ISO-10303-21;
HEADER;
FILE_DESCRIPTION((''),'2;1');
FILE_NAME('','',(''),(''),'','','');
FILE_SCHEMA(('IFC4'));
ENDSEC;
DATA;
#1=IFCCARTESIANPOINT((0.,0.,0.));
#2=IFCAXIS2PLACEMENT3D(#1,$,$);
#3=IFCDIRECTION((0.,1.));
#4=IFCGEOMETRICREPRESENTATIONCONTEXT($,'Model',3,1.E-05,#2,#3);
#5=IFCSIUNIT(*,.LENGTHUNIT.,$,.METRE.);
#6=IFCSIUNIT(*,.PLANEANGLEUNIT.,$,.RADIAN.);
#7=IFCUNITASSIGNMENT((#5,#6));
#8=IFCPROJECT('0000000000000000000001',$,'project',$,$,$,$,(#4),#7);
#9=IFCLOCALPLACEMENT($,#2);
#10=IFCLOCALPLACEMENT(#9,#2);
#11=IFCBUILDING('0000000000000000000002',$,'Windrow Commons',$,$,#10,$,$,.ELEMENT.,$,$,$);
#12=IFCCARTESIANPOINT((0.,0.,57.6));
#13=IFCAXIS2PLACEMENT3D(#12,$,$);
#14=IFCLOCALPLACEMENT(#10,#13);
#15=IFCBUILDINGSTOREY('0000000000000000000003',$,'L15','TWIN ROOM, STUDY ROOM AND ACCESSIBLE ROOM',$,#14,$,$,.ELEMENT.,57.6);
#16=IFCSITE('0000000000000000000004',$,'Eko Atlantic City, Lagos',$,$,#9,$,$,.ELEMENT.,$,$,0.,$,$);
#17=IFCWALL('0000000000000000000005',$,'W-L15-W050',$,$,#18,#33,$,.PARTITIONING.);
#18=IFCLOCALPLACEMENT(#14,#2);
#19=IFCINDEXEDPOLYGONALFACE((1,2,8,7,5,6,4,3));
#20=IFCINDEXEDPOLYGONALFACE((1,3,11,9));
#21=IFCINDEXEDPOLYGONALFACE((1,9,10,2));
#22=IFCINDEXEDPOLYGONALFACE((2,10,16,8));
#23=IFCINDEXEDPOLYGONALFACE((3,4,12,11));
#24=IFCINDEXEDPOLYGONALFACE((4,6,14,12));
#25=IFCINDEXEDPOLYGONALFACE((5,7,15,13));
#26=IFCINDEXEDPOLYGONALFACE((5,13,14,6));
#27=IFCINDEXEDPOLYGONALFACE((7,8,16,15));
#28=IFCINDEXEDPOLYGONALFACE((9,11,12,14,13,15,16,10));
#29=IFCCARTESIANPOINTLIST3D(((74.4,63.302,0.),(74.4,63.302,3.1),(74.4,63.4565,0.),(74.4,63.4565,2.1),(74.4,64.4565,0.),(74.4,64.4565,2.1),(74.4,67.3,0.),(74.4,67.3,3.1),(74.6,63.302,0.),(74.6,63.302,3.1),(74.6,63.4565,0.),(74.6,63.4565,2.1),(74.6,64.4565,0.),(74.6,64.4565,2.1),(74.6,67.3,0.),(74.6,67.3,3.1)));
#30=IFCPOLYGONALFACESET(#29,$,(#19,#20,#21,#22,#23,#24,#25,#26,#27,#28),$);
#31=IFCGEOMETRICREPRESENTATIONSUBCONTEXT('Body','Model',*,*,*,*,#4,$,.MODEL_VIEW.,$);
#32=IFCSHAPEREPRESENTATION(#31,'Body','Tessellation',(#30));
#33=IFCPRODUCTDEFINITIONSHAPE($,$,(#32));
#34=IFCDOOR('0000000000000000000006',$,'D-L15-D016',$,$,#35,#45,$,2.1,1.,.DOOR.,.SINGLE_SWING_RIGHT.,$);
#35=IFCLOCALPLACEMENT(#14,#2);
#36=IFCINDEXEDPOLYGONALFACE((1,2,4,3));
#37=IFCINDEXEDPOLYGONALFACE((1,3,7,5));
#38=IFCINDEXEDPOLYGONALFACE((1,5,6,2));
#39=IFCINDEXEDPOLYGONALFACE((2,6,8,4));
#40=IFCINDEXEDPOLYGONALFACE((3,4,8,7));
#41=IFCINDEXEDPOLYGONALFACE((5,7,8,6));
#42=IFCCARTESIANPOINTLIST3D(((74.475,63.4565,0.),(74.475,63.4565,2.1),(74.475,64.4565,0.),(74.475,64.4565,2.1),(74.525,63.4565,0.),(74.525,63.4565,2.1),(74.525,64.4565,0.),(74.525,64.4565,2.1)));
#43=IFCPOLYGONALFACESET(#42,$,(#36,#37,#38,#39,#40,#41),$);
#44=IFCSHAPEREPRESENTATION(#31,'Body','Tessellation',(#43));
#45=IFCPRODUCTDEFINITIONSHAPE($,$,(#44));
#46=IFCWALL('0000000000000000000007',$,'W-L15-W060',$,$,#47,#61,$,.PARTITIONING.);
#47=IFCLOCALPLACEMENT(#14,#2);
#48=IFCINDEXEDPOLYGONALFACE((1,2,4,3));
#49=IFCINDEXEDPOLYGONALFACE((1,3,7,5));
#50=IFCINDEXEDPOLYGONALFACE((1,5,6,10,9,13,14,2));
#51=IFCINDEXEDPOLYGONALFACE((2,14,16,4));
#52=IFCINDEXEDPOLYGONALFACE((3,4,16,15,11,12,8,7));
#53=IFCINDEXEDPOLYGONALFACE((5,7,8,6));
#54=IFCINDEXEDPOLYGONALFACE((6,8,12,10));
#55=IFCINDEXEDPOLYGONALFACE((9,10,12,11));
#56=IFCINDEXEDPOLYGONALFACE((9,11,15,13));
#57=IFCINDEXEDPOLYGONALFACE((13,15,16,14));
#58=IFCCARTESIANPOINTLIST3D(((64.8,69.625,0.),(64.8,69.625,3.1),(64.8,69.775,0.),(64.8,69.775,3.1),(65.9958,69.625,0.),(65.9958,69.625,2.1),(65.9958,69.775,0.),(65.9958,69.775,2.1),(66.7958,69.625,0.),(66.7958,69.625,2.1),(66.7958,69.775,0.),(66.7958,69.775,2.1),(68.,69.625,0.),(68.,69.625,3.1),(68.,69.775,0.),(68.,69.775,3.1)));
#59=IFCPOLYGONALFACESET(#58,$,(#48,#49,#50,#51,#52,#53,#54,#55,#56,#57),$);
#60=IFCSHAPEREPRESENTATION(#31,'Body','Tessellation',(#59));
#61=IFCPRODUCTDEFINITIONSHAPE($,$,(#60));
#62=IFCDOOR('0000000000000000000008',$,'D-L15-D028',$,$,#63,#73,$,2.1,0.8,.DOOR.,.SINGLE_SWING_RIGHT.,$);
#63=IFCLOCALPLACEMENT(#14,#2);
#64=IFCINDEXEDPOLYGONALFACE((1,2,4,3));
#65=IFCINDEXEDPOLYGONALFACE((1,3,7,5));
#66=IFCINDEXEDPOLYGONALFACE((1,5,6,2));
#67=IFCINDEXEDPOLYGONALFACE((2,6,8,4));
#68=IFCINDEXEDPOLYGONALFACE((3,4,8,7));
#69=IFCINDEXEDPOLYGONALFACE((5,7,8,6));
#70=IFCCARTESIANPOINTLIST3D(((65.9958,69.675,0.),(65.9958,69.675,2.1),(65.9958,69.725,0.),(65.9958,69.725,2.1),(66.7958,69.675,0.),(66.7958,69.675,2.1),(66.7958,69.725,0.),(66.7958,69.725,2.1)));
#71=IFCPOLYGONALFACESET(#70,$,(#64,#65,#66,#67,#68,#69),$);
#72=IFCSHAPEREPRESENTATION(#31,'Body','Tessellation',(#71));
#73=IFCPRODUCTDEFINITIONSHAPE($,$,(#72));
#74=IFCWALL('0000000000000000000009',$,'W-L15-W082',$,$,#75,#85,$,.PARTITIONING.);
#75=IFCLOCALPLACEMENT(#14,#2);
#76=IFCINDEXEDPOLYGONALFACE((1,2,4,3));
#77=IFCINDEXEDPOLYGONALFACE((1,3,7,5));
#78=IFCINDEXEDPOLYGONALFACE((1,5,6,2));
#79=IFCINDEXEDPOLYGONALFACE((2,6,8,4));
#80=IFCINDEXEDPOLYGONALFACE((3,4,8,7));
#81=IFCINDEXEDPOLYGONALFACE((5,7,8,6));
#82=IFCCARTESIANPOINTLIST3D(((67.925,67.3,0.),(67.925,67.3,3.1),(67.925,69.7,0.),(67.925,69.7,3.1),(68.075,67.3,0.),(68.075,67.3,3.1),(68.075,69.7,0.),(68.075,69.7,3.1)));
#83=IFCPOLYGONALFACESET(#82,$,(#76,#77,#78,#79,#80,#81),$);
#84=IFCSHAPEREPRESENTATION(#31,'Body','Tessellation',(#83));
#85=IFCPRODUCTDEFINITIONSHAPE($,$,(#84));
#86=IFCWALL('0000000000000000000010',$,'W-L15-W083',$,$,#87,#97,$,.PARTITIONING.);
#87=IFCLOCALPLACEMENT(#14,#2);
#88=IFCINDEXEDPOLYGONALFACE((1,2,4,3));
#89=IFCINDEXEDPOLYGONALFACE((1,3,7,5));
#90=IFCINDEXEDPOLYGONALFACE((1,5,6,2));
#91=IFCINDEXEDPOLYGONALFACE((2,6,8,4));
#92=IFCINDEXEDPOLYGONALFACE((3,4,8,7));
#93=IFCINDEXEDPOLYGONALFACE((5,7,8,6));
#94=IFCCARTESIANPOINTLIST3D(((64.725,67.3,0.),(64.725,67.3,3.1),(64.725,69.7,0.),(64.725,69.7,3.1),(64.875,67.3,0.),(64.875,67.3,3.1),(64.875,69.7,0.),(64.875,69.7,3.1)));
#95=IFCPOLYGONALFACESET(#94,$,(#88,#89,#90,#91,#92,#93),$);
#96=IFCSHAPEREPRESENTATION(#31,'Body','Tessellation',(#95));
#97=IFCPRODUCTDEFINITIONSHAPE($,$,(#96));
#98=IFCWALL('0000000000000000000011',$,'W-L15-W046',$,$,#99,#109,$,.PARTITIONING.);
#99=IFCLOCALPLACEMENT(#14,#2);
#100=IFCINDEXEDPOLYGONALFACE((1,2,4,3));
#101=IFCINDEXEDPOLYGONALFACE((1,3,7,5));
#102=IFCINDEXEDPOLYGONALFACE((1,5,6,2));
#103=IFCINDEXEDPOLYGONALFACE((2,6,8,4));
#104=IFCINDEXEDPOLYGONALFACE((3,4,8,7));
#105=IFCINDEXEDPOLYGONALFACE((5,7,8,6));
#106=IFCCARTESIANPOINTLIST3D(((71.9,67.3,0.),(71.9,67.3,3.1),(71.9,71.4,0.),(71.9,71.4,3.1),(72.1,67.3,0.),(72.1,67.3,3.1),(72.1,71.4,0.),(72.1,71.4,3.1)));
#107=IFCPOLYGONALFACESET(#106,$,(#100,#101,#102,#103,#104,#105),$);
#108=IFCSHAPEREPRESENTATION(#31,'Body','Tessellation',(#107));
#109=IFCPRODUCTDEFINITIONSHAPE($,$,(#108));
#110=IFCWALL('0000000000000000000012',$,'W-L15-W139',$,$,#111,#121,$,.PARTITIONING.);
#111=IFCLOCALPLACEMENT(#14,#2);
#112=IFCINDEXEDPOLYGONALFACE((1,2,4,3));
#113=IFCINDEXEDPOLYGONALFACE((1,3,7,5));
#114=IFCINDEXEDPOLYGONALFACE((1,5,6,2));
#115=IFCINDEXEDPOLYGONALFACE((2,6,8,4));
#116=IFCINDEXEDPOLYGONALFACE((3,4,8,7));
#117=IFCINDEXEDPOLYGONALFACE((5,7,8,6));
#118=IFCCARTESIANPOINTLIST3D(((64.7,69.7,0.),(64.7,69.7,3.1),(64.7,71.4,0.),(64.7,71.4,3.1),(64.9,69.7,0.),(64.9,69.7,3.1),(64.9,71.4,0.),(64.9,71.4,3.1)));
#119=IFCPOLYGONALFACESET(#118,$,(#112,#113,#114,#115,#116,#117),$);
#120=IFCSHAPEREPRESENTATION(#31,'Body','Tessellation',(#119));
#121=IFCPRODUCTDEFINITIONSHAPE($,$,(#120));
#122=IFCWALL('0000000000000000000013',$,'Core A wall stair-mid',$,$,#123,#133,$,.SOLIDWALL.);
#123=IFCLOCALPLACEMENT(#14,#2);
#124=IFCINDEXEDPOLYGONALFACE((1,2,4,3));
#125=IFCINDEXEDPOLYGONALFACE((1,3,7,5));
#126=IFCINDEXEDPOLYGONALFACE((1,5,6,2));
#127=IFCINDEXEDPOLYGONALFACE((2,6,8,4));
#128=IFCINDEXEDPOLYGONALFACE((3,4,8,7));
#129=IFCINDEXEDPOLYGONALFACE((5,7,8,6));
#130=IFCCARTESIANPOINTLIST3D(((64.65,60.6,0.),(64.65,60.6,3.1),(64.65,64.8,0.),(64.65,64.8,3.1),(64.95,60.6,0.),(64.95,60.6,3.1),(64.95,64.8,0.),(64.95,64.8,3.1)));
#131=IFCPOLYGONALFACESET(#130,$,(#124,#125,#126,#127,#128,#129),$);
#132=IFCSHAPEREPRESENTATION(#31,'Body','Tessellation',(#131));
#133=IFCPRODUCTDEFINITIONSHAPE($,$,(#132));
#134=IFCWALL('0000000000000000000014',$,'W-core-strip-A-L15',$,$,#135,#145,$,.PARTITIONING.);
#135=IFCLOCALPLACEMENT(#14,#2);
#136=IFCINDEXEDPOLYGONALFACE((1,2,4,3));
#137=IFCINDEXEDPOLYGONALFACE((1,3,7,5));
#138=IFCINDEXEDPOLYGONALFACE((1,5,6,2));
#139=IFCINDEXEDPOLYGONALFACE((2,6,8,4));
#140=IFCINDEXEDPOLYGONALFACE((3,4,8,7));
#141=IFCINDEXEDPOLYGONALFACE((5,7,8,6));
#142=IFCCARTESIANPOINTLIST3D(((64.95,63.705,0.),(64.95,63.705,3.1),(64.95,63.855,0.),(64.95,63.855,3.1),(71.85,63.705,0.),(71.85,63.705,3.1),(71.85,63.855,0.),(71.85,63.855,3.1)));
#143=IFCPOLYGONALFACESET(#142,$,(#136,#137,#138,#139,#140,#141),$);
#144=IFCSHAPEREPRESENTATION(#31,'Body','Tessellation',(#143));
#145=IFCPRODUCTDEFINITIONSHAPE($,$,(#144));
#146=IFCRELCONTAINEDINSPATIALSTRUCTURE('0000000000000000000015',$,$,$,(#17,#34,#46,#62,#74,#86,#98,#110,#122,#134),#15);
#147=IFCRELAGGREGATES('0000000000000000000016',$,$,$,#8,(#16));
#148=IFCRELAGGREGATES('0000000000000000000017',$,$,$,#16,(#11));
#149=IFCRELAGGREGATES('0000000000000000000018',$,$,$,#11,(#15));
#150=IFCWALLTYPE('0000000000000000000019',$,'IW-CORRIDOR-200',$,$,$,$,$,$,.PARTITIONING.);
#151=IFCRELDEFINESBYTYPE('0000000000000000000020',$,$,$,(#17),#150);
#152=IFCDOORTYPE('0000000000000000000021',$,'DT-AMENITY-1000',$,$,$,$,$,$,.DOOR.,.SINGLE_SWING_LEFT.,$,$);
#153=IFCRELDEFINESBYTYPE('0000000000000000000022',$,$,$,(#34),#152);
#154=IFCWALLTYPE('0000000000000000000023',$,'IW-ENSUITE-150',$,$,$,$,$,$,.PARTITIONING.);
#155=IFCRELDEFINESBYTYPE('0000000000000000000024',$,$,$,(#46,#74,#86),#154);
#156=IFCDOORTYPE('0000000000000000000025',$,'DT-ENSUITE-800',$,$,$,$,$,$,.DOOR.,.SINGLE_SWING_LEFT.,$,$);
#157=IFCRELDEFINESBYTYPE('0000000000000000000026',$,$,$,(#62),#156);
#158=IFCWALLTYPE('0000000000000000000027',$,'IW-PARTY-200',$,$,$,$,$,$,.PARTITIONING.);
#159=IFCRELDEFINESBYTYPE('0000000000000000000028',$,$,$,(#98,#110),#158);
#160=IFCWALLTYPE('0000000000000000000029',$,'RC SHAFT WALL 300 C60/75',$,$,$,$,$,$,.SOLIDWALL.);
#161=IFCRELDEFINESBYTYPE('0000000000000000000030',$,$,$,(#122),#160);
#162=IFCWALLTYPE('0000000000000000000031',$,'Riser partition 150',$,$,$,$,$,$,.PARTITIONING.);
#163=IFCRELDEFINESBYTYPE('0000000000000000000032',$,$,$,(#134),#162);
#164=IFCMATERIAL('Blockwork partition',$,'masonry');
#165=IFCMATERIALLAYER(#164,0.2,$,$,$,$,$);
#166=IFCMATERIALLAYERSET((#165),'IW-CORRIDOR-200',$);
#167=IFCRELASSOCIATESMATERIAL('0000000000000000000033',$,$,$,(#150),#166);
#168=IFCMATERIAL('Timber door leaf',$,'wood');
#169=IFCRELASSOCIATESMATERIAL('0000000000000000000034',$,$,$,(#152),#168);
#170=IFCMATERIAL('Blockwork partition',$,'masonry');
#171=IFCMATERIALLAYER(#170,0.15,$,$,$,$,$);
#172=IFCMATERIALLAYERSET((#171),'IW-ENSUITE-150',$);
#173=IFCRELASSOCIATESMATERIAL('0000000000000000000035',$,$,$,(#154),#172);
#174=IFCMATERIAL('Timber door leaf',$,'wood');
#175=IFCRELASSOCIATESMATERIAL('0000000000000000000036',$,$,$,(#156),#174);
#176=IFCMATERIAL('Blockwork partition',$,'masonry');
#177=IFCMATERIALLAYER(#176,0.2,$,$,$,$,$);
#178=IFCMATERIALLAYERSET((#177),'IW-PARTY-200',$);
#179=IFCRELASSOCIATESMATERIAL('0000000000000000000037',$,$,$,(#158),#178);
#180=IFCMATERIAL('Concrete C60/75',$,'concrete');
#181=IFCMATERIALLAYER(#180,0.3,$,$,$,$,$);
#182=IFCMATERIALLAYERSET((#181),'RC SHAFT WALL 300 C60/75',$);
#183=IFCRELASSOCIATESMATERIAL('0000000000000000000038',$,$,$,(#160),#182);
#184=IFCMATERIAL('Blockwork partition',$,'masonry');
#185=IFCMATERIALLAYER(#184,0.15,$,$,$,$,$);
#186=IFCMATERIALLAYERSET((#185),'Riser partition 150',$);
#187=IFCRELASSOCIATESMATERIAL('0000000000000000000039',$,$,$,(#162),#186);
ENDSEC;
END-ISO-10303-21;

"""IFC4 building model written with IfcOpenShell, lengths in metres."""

from ifc_helpers import new_model, si_unit, direction, frame, frame_2d, origin, place, context, subcontext, project, spatial, rectangle, extrude, material, layer, layer_set, type_object, element, fill, save


model = new_model("IFC4")

# Units and contexts
model_context = context("Model", 3, precision=1e-05, world=origin(), true_north=direction((0.0, 1.0)))
body_context = subcontext(model_context, "Body", "Model", "MODEL_VIEW")
ifc_project = project(units=[si_unit("LENGTHUNIT", "METRE"), si_unit("PLANEANGLEUNIT", "RADIAN")], contexts=[model_context])

# Site, building, storey
site_placement = place(None, origin())
site = spatial("IfcSite", under=ifc_project, at=site_placement, Name="Eko Atlantic City, Lagos", CompositionType="ELEMENT", RefElevation=0.0)
building_placement = place(site_placement, origin())
building = spatial("IfcBuilding", under=site, at=building_placement, Name="Windrow Commons", CompositionType="ELEMENT")
storey_placement = place(building_placement, frame((0.0, 0.0, 57.6)))
storey = spatial("IfcBuildingStorey", under=building, at=storey_placement, Name="L15", Description="TWIN ROOM, STUDY ROOM AND ACCESSIBLE ROOM", CompositionType="ELEMENT", Elevation=57.6)

# Shared definitions
ifc_material_1 = material(Name="Blockwork partition", Category="masonry")
ifc_layer_1 = layer(ifc_material_1, 0.2)
ifc_layer_set_1 = layer_set([ifc_layer_1], Name="IW-CORRIDOR-200")
wall_type_1 = type_object("IfcWallType", Name="IW-CORRIDOR-200", PredefinedType="PARTITIONING", material=ifc_layer_set_1)

# Walls, openings, doors
wall_1_placement = place(storey_placement, frame((74.5, 63.302, 0.0), z_axis=(0.0, 0.0, 1.0), x_axis=(0.0, 1.0, 0.0)))
wall_1 = element("IfcWall", 1, at=wall_1_placement, inside=storey, type_object=wall_type_1, Name="W-L15-W050", PredefinedType="PARTITIONING", context=body_context, shape_type="SweptSolid", body=[
    extrude(rectangle(XDim=3.998, YDim=0.2, at=frame_2d((1.999, 0.0))), origin(), (0.0, 0.0, 1.0), 3.1),
])
opening_1_placement = place(wall_1_placement, frame((0.1545, 0.0, 0.0)))
opening_1 = element("IfcOpeningElement", 2, at=opening_1_placement, cuts=wall_1, PredefinedType="OPENING", context=body_context, shape_type="SweptSolid", body=[
    extrude(rectangle(XDim=1.0, YDim=2.1, at=frame_2d((0.5, 1.05))), frame((0.0, 0.11, 0.0), z_axis=(0.0, -1.0, 0.0), x_axis=(1.0, 0.0, 0.0)), (0.0, 0.0, 1.0), 0.22),
])
ifc_material_2 = material(Name="Timber door leaf", Category="wood")
door_type_1 = type_object("IfcDoorType", Name="DT-AMENITY-1000", OperationType="SINGLE_SWING_LEFT", PredefinedType="DOOR", material=ifc_material_2)
door_1_placement = place(opening_1_placement, origin())
door_1 = element("IfcDoor", 3, at=door_1_placement, inside=storey, type_object=door_type_1, Name="D-L15-D016", OperationType="SINGLE_SWING_RIGHT", OverallHeight=2.1, OverallWidth=1.0, PredefinedType="DOOR", context=body_context, shape_type="SweptSolid", body=[
    extrude(rectangle(XDim=1.0, YDim=2.1, at=frame_2d((0.5, 1.05))), frame((0.0, 0.025, 0.0), z_axis=(0.0, -1.0, 0.0), x_axis=(1.0, 0.0, 0.0)), (0.0, 0.0, 1.0), 0.05),
])
fill(opening_1, door_1)
ifc_material_3 = material(Name="Blockwork partition", Category="masonry")
ifc_layer_2 = layer(ifc_material_3, 0.15)
ifc_layer_set_2 = layer_set([ifc_layer_2], Name="IW-ENSUITE-150")
wall_type_2 = type_object("IfcWallType", Name="IW-ENSUITE-150", PredefinedType="PARTITIONING", material=ifc_layer_set_2)
wall_2_placement = place(storey_placement, frame((64.8, 69.7, 0.0), z_axis=(0.0, 0.0, 1.0), x_axis=(1.0, 0.0, 0.0)))
wall_2 = element("IfcWall", 4, at=wall_2_placement, inside=storey, type_object=wall_type_2, Name="W-L15-W060", PredefinedType="PARTITIONING", context=body_context, shape_type="SweptSolid", body=[
    extrude(rectangle(XDim=3.2, YDim=0.15, at=frame_2d((1.6, 0.0))), origin(), (0.0, 0.0, 1.0), 3.1),
])
opening_2_placement = place(wall_2_placement, frame((1.1958, 0.0, 0.0)))
opening_2 = element("IfcOpeningElement", 5, at=opening_2_placement, cuts=wall_2, PredefinedType="OPENING", context=body_context, shape_type="SweptSolid", body=[
    extrude(rectangle(XDim=0.8, YDim=2.1, at=frame_2d((0.4, 1.05))), frame((0.0, 0.085, 0.0), z_axis=(0.0, -1.0, 0.0), x_axis=(1.0, 0.0, 0.0)), (0.0, 0.0, 1.0), 0.17),
])
ifc_material_4 = material(Name="Timber door leaf", Category="wood")
door_type_2 = type_object("IfcDoorType", Name="DT-ENSUITE-800", OperationType="SINGLE_SWING_LEFT", PredefinedType="DOOR", material=ifc_material_4)
door_2_placement = place(opening_2_placement, origin())
door_2 = element("IfcDoor", 6, at=door_2_placement, inside=storey, type_object=door_type_2, Name="D-L15-D028", OperationType="SINGLE_SWING_RIGHT", OverallHeight=2.1, OverallWidth=0.8, PredefinedType="DOOR", context=body_context, shape_type="SweptSolid", body=[
    extrude(rectangle(XDim=0.8, YDim=2.1, at=frame_2d((0.4, 1.05))), frame((0.0, 0.025, 0.0), z_axis=(0.0, -1.0, 0.0), x_axis=(1.0, 0.0, 0.0)), (0.0, 0.0, 1.0), 0.05),
])
fill(opening_2, door_2)

# Walls
for number, where, z_axis, x_axis, name in (
    (7, (68.0, 67.3, 0.0), (0.0, 0.0, 1.0), (0.0, 1.0, 0.0), "W-L15-W082"),
    (8, (64.8, 67.3, 0.0), (0.0, 0.0, 1.0), (0.0, 1.0, 0.0), "W-L15-W083"),
):
    element("IfcWall", number, at=place(storey_placement, frame(where, z_axis=z_axis, x_axis=x_axis)), inside=storey, type_object=wall_type_2, Name=name, PredefinedType="PARTITIONING", context=body_context, shape_type="SweptSolid", body=[
        extrude(rectangle(XDim=2.4, YDim=0.15, at=frame_2d((1.2, 0.0))), origin(), (0.0, 0.0, 1.0), 3.1),
    ])
ifc_material_5 = material(Name="Blockwork partition", Category="masonry")
ifc_layer_3 = layer(ifc_material_5, 0.2)
ifc_layer_set_3 = layer_set([ifc_layer_3], Name="IW-PARTY-200")
wall_type_3 = type_object("IfcWallType", Name="IW-PARTY-200", PredefinedType="PARTITIONING", material=ifc_layer_set_3)
wall_3_placement = place(storey_placement, frame((72.0, 67.3, 0.0), z_axis=(0.0, 0.0, 1.0), x_axis=(0.0, 1.0, 0.0)))
element("IfcWall", 9, at=wall_3_placement, inside=storey, type_object=wall_type_3, Name="W-L15-W046", PredefinedType="PARTITIONING", context=body_context, shape_type="SweptSolid", body=[
    extrude(rectangle(XDim=4.1, YDim=0.2, at=frame_2d((2.05, 0.0))), origin(), (0.0, 0.0, 1.0), 3.1),
])
wall_4_placement = place(storey_placement, frame((64.8, 69.7, 0.0), z_axis=(0.0, 0.0, 1.0), x_axis=(0.0, 1.0, 0.0)))
element("IfcWall", 10, at=wall_4_placement, inside=storey, type_object=wall_type_3, Name="W-L15-W139", PredefinedType="PARTITIONING", context=body_context, shape_type="SweptSolid", body=[
    extrude(rectangle(XDim=1.7, YDim=0.2, at=frame_2d((0.85, 0.0))), origin(), (0.0, 0.0, 1.0), 3.1),
])
ifc_material_6 = material(Name="Concrete C60/75", Category="concrete")
ifc_layer_4 = layer(ifc_material_6, 0.3)
ifc_layer_set_4 = layer_set([ifc_layer_4], Name="RC SHAFT WALL 300 C60/75")
wall_type_4 = type_object("IfcWallType", Name="RC SHAFT WALL 300 C60/75", PredefinedType="SOLIDWALL", material=ifc_layer_set_4)
wall_5_placement = place(storey_placement, frame((64.8, 60.6, 0.0), z_axis=(0.0, 0.0, 1.0), x_axis=(0.0, 1.0, 0.0)))
element("IfcWall", 11, at=wall_5_placement, inside=storey, type_object=wall_type_4, Name="Core A wall stair-mid", PredefinedType="SOLIDWALL", context=body_context, shape_type="SweptSolid", body=[
    extrude(rectangle(XDim=4.2, YDim=0.3, at=frame_2d((2.1, 0.0))), origin(), (0.0, 0.0, 1.0), 3.1),
])
ifc_material_7 = material(Name="Blockwork partition", Category="masonry")
ifc_layer_5 = layer(ifc_material_7, 0.15)
ifc_layer_set_5 = layer_set([ifc_layer_5], Name="Riser partition 150")
wall_type_5 = type_object("IfcWallType", Name="Riser partition 150", PredefinedType="PARTITIONING", material=ifc_layer_set_5)
wall_6_placement = place(storey_placement, frame((64.95, 63.78, 0.0), z_axis=(0.0, 0.0, 1.0), x_axis=(1.0, 0.0, 0.0)))
element("IfcWall", 12, at=wall_6_placement, inside=storey, type_object=wall_type_5, Name="W-core-strip-A-L15", PredefinedType="PARTITIONING", context=body_context, shape_type="SweptSolid", body=[
    extrude(rectangle(XDim=6.9, YDim=0.15, at=frame_2d((3.45, 0.0))), origin(), (0.0, 0.0, 1.0), 3.1),
])

save(model, "model.ifc")
